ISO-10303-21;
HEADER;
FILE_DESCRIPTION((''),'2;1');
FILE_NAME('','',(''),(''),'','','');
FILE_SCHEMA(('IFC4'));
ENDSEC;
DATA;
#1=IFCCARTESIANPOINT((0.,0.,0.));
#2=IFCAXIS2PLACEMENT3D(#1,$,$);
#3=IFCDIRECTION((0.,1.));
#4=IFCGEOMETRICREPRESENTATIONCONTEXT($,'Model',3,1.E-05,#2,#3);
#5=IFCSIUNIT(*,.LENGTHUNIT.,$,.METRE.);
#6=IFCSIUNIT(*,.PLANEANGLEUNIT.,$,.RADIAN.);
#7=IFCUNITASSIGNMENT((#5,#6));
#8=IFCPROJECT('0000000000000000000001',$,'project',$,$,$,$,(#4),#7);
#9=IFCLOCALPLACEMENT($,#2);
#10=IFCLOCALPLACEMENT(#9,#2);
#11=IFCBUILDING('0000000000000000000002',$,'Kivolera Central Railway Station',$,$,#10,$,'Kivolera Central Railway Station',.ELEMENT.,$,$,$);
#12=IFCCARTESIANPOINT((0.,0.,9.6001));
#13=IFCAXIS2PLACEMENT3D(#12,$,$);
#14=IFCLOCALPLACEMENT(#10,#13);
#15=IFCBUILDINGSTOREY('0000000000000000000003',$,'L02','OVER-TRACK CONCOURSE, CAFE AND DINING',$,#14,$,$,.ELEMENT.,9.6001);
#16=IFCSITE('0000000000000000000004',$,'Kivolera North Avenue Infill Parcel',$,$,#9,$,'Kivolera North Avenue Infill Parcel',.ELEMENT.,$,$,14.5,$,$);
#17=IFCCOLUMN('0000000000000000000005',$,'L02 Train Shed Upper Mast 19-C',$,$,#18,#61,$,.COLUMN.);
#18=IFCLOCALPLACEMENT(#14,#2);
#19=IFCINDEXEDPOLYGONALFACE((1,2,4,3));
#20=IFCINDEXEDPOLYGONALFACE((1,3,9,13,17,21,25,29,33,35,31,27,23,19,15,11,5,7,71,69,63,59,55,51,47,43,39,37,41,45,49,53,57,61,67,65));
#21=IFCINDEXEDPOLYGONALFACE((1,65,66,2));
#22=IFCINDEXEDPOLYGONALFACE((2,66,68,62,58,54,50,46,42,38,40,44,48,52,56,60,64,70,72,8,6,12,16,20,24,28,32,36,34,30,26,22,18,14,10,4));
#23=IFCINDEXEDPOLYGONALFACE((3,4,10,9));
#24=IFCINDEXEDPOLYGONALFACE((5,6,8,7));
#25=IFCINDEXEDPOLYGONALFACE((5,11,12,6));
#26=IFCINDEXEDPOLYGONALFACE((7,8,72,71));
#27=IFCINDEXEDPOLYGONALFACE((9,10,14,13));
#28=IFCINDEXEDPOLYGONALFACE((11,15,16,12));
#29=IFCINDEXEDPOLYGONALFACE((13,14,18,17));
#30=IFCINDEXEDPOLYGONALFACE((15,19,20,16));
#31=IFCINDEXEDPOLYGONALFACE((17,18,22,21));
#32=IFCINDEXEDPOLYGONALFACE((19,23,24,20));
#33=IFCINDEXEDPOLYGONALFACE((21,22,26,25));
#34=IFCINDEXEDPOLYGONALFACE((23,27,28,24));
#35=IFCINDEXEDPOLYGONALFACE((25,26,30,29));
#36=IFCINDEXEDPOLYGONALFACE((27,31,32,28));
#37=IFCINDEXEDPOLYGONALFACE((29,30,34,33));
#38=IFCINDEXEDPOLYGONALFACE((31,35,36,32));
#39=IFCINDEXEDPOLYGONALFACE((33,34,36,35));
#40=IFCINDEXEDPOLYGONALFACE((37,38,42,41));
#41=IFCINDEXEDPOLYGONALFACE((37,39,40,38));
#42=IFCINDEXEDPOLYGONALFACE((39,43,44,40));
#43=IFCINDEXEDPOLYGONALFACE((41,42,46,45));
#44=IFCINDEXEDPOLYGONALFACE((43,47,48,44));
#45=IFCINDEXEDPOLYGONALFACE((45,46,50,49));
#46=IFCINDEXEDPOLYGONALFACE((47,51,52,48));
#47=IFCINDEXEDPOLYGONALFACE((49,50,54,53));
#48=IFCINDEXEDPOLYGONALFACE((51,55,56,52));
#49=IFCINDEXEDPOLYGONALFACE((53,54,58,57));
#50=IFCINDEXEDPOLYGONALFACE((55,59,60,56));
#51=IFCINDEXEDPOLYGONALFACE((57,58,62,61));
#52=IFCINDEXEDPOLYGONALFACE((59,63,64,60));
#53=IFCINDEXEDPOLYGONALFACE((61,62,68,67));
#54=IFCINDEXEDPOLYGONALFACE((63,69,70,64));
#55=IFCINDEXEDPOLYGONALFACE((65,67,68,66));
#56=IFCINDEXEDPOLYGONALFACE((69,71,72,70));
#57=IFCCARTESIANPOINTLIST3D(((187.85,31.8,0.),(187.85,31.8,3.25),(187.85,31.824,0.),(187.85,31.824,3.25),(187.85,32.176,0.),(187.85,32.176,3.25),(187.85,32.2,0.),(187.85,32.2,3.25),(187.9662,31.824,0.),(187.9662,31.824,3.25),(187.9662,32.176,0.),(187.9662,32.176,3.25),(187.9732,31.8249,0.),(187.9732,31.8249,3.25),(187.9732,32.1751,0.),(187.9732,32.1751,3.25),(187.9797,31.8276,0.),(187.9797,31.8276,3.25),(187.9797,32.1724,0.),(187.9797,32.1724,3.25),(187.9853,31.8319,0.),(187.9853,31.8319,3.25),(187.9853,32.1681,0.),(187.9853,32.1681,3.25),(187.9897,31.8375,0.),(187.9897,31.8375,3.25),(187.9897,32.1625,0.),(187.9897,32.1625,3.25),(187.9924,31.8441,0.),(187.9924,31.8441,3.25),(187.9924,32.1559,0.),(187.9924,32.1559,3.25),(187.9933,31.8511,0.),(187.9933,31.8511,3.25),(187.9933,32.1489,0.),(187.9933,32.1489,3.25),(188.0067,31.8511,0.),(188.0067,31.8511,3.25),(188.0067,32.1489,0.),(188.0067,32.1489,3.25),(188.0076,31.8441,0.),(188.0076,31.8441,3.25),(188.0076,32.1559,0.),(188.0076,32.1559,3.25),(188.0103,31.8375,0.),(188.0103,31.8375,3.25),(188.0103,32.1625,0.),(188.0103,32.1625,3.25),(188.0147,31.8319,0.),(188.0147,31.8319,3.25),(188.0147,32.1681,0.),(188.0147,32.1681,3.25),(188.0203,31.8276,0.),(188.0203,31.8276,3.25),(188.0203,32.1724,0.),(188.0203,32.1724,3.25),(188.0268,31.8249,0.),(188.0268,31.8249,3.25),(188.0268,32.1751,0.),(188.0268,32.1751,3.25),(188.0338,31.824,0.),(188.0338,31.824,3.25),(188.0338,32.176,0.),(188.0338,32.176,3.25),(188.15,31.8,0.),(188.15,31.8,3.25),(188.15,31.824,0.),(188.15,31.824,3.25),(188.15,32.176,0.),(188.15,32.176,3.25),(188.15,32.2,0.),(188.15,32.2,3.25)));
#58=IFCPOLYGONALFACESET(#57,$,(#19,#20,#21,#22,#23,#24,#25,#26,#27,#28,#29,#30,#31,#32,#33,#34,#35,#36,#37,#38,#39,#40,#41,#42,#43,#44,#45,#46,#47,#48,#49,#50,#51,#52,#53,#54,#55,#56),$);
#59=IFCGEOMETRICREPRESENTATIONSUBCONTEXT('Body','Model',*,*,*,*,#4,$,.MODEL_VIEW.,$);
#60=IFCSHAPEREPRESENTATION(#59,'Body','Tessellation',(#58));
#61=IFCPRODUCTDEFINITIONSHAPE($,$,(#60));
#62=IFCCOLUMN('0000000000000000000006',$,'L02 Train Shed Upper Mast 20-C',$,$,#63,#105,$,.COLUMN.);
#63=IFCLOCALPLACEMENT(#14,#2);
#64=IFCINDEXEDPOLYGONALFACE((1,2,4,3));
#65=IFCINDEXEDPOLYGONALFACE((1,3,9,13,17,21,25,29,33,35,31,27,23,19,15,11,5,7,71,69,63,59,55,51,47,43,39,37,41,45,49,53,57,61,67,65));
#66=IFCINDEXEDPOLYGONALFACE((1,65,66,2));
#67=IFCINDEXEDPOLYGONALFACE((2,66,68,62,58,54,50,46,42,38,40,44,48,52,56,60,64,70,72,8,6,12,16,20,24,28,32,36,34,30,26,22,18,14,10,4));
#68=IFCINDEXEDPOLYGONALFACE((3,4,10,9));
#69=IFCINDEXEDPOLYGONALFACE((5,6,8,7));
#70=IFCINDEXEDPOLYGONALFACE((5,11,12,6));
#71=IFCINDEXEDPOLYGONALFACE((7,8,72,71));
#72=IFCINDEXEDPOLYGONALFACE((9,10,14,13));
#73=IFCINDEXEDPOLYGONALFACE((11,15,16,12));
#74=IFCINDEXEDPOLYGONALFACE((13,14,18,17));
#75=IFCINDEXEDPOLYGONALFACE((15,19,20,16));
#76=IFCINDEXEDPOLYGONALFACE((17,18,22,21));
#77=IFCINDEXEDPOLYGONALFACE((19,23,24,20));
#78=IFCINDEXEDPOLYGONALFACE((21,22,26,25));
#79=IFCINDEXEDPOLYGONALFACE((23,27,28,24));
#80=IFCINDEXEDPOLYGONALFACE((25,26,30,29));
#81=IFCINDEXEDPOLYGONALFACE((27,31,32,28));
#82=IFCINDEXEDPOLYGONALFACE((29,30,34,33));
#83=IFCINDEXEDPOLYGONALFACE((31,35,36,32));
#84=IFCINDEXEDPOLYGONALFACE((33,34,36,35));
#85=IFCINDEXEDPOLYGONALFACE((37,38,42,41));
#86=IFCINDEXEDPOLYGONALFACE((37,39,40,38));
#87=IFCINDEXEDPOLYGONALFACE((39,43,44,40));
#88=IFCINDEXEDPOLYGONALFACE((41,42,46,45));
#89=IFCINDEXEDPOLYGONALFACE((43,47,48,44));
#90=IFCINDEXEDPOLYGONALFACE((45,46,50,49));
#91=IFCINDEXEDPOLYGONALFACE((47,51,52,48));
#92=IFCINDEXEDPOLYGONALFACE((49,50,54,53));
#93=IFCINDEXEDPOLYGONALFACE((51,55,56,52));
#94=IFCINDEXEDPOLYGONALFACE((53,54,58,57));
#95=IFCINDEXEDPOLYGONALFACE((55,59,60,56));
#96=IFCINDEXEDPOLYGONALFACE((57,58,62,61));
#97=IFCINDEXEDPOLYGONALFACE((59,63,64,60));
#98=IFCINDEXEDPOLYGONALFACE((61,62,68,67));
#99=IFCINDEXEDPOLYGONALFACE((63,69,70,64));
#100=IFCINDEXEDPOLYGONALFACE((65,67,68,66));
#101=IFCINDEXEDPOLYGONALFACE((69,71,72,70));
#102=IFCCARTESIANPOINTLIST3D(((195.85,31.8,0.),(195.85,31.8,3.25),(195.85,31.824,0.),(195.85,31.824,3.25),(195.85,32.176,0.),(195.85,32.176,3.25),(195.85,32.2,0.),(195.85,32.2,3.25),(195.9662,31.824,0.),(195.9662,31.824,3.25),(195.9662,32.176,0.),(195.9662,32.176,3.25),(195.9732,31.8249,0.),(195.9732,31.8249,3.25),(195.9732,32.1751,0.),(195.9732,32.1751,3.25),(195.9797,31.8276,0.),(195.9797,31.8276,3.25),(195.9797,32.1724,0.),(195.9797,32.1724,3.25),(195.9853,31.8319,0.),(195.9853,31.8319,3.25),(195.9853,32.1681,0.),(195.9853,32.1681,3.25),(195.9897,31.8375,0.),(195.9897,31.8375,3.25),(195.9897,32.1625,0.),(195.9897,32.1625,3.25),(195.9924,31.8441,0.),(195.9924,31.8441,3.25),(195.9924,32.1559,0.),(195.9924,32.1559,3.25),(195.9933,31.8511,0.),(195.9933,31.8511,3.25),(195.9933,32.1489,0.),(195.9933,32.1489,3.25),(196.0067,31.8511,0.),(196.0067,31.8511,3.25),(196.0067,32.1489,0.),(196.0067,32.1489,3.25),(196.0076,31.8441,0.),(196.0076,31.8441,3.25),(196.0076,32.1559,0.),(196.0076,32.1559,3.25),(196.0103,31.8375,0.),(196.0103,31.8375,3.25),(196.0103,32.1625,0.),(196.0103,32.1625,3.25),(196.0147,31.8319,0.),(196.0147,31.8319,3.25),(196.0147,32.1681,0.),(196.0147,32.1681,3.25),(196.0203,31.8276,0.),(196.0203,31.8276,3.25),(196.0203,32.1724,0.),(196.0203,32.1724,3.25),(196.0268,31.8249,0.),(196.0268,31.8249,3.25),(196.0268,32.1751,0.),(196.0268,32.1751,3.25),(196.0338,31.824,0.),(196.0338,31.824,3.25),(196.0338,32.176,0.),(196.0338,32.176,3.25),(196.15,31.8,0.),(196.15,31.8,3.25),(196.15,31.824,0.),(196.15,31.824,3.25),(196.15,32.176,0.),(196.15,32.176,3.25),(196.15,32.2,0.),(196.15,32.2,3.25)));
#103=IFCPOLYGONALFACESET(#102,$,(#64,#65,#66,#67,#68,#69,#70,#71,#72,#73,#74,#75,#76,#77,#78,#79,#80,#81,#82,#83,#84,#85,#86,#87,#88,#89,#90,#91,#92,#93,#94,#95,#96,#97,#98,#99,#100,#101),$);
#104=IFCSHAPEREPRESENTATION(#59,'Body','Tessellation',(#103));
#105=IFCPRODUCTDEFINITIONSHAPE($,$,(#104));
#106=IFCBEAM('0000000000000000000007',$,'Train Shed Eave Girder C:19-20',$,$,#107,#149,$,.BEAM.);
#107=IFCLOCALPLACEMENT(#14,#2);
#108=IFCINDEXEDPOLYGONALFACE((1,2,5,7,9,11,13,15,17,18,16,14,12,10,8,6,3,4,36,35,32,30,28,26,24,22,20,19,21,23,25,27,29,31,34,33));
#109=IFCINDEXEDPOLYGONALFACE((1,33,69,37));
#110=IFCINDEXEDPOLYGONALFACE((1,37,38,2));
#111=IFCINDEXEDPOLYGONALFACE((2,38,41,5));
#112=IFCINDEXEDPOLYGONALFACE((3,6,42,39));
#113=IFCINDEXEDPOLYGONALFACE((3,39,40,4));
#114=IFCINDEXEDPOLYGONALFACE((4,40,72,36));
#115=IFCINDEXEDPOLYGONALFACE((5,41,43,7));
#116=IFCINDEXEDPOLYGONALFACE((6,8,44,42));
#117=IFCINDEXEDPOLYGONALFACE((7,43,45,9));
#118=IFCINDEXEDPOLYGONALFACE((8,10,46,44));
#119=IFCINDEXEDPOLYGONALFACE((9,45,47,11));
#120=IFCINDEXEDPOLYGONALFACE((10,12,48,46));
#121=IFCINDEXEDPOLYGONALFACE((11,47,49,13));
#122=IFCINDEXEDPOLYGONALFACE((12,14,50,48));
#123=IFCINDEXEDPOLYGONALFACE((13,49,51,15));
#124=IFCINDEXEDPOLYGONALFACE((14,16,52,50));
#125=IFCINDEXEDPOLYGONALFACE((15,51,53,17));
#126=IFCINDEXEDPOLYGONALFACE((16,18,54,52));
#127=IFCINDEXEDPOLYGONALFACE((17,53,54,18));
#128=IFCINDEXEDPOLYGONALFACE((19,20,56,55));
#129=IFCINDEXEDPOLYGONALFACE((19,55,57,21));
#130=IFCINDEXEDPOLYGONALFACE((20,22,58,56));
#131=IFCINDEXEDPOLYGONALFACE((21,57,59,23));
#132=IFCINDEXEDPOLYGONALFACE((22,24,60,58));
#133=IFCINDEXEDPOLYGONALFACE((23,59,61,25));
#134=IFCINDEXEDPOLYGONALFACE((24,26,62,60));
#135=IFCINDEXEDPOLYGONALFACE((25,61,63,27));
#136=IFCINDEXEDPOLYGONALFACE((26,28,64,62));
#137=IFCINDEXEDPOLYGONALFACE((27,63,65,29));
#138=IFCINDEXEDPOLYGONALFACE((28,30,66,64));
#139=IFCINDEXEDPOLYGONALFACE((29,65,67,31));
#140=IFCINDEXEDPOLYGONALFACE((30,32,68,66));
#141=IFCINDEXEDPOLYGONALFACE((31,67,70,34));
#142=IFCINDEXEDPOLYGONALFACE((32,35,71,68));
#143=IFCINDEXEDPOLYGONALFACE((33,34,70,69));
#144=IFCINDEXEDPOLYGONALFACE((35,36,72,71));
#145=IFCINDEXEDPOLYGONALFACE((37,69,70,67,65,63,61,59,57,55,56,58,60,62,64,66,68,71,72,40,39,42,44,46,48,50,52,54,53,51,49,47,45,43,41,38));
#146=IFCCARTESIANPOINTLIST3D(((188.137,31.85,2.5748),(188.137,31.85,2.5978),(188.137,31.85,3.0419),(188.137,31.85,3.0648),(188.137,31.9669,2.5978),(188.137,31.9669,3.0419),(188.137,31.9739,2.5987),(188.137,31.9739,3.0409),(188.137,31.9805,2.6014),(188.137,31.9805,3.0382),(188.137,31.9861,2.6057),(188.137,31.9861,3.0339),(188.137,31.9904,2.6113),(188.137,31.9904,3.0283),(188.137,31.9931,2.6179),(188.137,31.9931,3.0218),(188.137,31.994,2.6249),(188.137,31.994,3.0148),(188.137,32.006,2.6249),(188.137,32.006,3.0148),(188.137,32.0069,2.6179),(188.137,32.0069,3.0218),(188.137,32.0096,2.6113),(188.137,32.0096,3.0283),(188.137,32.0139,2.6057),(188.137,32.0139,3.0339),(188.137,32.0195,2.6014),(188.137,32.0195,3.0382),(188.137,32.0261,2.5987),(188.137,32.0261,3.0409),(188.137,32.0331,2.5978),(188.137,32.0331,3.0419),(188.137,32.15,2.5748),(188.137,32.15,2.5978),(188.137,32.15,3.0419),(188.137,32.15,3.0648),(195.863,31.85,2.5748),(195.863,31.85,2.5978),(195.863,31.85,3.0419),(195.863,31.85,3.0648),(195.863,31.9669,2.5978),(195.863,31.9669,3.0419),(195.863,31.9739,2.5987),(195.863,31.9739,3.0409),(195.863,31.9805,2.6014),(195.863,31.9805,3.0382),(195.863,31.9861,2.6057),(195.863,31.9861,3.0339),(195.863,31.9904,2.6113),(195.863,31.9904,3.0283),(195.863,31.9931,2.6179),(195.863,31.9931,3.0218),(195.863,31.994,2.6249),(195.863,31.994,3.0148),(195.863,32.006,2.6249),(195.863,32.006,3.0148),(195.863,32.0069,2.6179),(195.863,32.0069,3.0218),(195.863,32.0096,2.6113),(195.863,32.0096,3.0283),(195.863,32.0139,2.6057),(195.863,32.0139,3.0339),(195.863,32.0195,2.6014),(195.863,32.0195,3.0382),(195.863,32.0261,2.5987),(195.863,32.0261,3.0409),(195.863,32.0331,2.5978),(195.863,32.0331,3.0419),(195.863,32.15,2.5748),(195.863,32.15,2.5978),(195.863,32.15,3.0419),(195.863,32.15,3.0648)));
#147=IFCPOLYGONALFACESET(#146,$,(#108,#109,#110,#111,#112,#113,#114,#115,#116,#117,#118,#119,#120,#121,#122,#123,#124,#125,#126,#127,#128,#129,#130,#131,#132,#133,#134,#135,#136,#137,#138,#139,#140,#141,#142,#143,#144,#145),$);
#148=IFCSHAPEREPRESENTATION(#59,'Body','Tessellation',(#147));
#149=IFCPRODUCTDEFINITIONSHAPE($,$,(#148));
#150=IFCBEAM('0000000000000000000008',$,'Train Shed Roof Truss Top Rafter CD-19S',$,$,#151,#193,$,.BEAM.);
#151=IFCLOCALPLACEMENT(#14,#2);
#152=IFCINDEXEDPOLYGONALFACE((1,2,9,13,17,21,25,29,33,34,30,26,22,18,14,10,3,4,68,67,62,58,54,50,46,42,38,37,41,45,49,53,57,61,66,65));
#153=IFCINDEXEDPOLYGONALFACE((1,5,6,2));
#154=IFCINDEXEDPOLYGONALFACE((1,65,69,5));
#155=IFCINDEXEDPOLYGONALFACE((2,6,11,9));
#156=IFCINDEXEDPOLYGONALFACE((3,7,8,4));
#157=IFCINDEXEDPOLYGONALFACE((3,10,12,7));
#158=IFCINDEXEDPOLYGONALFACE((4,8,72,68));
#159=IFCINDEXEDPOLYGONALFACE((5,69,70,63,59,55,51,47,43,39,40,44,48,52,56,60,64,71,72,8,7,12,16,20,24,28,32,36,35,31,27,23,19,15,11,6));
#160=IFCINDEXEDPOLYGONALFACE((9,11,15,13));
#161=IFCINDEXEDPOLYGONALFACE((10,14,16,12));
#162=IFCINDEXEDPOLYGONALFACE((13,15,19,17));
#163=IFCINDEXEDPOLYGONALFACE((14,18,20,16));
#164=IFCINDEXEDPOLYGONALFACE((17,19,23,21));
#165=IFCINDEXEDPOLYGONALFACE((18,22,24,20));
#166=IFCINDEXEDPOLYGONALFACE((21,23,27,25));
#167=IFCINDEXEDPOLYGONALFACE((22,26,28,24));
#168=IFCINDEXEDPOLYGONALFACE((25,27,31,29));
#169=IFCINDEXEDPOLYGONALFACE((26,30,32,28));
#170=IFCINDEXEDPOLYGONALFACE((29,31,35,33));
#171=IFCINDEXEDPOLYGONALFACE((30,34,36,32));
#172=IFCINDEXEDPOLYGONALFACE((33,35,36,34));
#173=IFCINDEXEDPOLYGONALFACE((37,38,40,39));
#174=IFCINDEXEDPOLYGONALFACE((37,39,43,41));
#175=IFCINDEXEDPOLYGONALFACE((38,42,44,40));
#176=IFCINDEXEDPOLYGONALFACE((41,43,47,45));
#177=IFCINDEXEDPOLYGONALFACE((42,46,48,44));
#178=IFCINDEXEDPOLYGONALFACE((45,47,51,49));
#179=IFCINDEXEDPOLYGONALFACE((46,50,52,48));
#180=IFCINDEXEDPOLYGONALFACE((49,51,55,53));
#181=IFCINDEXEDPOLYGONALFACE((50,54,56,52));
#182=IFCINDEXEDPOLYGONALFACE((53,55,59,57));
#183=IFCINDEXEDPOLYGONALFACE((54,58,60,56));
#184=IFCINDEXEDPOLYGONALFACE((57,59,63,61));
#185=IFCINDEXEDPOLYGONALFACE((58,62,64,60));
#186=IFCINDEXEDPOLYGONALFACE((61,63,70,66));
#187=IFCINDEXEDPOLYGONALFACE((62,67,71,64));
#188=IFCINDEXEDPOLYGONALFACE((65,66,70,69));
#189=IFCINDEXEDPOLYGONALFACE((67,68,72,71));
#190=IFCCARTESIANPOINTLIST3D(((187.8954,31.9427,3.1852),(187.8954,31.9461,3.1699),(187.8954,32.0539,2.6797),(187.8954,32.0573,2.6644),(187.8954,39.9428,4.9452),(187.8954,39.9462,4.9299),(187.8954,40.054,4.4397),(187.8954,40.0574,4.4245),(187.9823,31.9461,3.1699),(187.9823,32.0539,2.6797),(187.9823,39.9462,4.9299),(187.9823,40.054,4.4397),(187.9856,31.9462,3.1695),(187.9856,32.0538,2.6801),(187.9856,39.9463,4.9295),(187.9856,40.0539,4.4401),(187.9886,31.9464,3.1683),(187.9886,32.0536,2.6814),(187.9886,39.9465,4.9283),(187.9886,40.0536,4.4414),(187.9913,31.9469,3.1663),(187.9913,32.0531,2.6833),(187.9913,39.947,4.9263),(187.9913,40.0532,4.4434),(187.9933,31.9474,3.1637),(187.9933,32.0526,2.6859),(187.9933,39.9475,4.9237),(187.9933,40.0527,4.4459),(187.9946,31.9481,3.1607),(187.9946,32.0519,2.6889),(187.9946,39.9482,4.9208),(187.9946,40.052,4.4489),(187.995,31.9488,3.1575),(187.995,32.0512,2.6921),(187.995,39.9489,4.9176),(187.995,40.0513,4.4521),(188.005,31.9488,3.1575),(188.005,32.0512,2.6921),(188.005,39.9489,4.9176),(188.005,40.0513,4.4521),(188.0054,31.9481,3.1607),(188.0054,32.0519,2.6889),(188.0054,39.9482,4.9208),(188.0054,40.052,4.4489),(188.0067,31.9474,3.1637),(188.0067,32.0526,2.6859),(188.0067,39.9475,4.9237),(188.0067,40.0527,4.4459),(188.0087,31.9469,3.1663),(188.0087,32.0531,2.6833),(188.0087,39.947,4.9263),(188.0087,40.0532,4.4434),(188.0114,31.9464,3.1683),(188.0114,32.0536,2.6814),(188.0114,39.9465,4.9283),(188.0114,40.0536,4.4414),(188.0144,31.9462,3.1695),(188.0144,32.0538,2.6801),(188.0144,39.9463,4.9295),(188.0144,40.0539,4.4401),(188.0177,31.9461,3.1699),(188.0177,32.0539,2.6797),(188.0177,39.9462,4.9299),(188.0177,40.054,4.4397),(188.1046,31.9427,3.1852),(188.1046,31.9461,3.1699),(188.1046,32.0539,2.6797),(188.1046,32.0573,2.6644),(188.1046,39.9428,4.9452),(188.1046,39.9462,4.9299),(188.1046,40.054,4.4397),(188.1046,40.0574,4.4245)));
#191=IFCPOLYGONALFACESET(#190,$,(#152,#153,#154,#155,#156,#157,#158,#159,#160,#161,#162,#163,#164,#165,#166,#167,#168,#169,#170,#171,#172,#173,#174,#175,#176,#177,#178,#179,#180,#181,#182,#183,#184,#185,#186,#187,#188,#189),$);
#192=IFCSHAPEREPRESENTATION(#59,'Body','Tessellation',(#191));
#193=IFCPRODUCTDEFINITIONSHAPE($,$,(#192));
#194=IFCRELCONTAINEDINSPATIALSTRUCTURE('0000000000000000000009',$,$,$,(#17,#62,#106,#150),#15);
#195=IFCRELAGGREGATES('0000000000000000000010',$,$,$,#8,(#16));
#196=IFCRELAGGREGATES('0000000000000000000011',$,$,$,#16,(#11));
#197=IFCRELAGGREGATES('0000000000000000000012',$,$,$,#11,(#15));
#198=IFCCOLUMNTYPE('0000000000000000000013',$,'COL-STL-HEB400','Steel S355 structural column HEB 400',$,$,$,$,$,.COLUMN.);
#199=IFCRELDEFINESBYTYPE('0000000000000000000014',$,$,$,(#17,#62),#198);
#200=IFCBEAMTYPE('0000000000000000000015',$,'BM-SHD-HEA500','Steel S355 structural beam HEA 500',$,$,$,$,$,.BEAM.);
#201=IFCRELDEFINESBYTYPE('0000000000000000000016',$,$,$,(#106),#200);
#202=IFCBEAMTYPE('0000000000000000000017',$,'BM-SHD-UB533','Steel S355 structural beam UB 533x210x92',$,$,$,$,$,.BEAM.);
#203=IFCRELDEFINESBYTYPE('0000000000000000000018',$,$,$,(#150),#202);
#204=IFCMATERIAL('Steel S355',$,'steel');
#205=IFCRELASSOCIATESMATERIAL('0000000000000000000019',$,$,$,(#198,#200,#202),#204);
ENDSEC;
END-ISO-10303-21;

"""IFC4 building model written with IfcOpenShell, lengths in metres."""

from ifc_helpers import new_model, si_unit, direction, frame, origin, origin_2d, place, context, subcontext, project, spatial, i_section, extrude, material, material_profile, profile_set, type_object, element, save


model = new_model("IFC4")

# Units and contexts
model_context = context("Model", 3, precision=1e-05, world=origin(), true_north=direction((0.0, 1.0)))
body_context = subcontext(model_context, "Body", "Model", "MODEL_VIEW")
ifc_project = project(units=[si_unit("LENGTHUNIT", "METRE"), si_unit("PLANEANGLEUNIT", "RADIAN")], contexts=[model_context])

# Site, building, storey
site_placement = place(None, origin())
site = spatial("IfcSite", under=ifc_project, at=site_placement, Name="Kivolera North Avenue Infill Parcel", LongName="Kivolera North Avenue Infill Parcel", CompositionType="ELEMENT", RefElevation=14.5)
building_placement = place(site_placement, origin())
building = spatial("IfcBuilding", under=site, at=building_placement, Name="Kivolera Central Railway Station", LongName="Kivolera Central Railway Station", CompositionType="ELEMENT")
storey_placement = place(building_placement, frame((0.0, 0.0, 9.6001)))
storey = spatial("IfcBuildingStorey", under=building, at=storey_placement, Name="L02", Description="OVER-TRACK CONCOURSE, CAFE AND DINING", CompositionType="ELEMENT", Elevation=9.6001)

# Columns
ifc_material_1 = material(Name="Steel S355", Category="steel")
ifc_material_profile_1 = material_profile(ifc_material_1, i_section(OverallWidth=0.3, OverallDepth=0.3999, WebThickness=0.0134, FlangeThickness=0.0239, FilletRadius=0.0271, at=origin_2d()), Name="HEB 400")
ifc_profile_set_1 = profile_set([ifc_material_profile_1], Name="Steel S355")
column_type = type_object("IfcColumnType", Name="COL-STL-HEB400", Description="Steel S355 structural column HEB 400", PredefinedType="COLUMN", material=ifc_profile_set_1)
for number, where, z_axis, x_axis, name in (
    (1, (188.0, 32.0, 0.0), (0.0, 0.0, 1.0), (1.0, 0.0, 0.0), "L02 Train Shed Upper Mast 19-C"),
    (2, (196.0, 32.0, 0.0), (0.0, 0.0, 1.0), (1.0, 0.0, 0.0), "L02 Train Shed Upper Mast 20-C"),
):
    element("IfcColumn", number, at=place(storey_placement, frame(where, z_axis=z_axis, x_axis=x_axis)), inside=storey, type_object=column_type, Name=name, PredefinedType="COLUMN", context=body_context, shape_type="SweptSolid", body=[
        extrude(i_section(OverallWidth=0.3, OverallDepth=0.3999, WebThickness=0.0134, FlangeThickness=0.0239, FilletRadius=0.0271, at=origin_2d()), origin(), (0.0, 0.0, 1.0), 3.25),
    ])

# Beams
ifc_material_profile_2 = material_profile(ifc_material_1, i_section(OverallWidth=0.3, OverallDepth=0.49, WebThickness=0.012, FlangeThickness=0.0229, FilletRadius=0.0271, at=origin_2d()), Name="HEA 500")
ifc_profile_set_2 = profile_set([ifc_material_profile_2], Name="Steel S355")
beam_type_1 = type_object("IfcBeamType", Name="BM-SHD-HEA500", Description="Steel S355 structural beam HEA 500", PredefinedType="BEAM", material=ifc_profile_set_2)
beam_placement = place(storey_placement, frame((188.137, 32.0, 2.8198), z_axis=(1.0, 0.0, 0.0), x_axis=(0.0, 1.0, 0.0)))
element("IfcBeam", 3, at=beam_placement, inside=storey, type_object=beam_type_1, Name="Train Shed Eave Girder C:19-20", PredefinedType="BEAM", context=body_context, shape_type="SweptSolid", body=[
    extrude(i_section(OverallWidth=0.3, OverallDepth=0.49, WebThickness=0.012, FlangeThickness=0.0229, FilletRadius=0.0271, at=origin_2d()), origin(), (0.0, 0.0, 1.0), 7.7261),
])
ifc_material_profile_3 = material_profile(ifc_material_1, i_section(OverallWidth=0.2092, OverallDepth=0.5332, WebThickness=0.01, FlangeThickness=0.0156, FilletRadius=0.0127, at=origin_2d()), Name="UB 533x210x92")
ifc_profile_set_3 = profile_set([ifc_material_profile_3], Name="Steel S355")
beam_type_2 = type_object("IfcBeamType", Name="BM-SHD-UB533", Description="Steel S355 structural beam UB 533x210x92", PredefinedType="BEAM", material=ifc_profile_set_3)
for number, where, z_axis, x_axis, name in (
    (4, (188.0, 32.0, 2.9248), (0.0, 0.976644, 0.214863), (-1.0, 0.0, 0.0), "Train Shed Roof Truss Top Rafter CD-19S"),
):
    element("IfcBeam", number, at=place(storey_placement, frame(where, z_axis=z_axis, x_axis=x_axis)), inside=storey, type_object=beam_type_2, Name=name, PredefinedType="BEAM", context=body_context, shape_type="SweptSolid", body=[
        extrude(i_section(OverallWidth=0.2092, OverallDepth=0.5332, WebThickness=0.01, FlangeThickness=0.0156, FilletRadius=0.0127, at=origin_2d()), origin(), (0.0, 0.0, 1.0), 8.1914),
    ])

save(model, "model.ifc")
